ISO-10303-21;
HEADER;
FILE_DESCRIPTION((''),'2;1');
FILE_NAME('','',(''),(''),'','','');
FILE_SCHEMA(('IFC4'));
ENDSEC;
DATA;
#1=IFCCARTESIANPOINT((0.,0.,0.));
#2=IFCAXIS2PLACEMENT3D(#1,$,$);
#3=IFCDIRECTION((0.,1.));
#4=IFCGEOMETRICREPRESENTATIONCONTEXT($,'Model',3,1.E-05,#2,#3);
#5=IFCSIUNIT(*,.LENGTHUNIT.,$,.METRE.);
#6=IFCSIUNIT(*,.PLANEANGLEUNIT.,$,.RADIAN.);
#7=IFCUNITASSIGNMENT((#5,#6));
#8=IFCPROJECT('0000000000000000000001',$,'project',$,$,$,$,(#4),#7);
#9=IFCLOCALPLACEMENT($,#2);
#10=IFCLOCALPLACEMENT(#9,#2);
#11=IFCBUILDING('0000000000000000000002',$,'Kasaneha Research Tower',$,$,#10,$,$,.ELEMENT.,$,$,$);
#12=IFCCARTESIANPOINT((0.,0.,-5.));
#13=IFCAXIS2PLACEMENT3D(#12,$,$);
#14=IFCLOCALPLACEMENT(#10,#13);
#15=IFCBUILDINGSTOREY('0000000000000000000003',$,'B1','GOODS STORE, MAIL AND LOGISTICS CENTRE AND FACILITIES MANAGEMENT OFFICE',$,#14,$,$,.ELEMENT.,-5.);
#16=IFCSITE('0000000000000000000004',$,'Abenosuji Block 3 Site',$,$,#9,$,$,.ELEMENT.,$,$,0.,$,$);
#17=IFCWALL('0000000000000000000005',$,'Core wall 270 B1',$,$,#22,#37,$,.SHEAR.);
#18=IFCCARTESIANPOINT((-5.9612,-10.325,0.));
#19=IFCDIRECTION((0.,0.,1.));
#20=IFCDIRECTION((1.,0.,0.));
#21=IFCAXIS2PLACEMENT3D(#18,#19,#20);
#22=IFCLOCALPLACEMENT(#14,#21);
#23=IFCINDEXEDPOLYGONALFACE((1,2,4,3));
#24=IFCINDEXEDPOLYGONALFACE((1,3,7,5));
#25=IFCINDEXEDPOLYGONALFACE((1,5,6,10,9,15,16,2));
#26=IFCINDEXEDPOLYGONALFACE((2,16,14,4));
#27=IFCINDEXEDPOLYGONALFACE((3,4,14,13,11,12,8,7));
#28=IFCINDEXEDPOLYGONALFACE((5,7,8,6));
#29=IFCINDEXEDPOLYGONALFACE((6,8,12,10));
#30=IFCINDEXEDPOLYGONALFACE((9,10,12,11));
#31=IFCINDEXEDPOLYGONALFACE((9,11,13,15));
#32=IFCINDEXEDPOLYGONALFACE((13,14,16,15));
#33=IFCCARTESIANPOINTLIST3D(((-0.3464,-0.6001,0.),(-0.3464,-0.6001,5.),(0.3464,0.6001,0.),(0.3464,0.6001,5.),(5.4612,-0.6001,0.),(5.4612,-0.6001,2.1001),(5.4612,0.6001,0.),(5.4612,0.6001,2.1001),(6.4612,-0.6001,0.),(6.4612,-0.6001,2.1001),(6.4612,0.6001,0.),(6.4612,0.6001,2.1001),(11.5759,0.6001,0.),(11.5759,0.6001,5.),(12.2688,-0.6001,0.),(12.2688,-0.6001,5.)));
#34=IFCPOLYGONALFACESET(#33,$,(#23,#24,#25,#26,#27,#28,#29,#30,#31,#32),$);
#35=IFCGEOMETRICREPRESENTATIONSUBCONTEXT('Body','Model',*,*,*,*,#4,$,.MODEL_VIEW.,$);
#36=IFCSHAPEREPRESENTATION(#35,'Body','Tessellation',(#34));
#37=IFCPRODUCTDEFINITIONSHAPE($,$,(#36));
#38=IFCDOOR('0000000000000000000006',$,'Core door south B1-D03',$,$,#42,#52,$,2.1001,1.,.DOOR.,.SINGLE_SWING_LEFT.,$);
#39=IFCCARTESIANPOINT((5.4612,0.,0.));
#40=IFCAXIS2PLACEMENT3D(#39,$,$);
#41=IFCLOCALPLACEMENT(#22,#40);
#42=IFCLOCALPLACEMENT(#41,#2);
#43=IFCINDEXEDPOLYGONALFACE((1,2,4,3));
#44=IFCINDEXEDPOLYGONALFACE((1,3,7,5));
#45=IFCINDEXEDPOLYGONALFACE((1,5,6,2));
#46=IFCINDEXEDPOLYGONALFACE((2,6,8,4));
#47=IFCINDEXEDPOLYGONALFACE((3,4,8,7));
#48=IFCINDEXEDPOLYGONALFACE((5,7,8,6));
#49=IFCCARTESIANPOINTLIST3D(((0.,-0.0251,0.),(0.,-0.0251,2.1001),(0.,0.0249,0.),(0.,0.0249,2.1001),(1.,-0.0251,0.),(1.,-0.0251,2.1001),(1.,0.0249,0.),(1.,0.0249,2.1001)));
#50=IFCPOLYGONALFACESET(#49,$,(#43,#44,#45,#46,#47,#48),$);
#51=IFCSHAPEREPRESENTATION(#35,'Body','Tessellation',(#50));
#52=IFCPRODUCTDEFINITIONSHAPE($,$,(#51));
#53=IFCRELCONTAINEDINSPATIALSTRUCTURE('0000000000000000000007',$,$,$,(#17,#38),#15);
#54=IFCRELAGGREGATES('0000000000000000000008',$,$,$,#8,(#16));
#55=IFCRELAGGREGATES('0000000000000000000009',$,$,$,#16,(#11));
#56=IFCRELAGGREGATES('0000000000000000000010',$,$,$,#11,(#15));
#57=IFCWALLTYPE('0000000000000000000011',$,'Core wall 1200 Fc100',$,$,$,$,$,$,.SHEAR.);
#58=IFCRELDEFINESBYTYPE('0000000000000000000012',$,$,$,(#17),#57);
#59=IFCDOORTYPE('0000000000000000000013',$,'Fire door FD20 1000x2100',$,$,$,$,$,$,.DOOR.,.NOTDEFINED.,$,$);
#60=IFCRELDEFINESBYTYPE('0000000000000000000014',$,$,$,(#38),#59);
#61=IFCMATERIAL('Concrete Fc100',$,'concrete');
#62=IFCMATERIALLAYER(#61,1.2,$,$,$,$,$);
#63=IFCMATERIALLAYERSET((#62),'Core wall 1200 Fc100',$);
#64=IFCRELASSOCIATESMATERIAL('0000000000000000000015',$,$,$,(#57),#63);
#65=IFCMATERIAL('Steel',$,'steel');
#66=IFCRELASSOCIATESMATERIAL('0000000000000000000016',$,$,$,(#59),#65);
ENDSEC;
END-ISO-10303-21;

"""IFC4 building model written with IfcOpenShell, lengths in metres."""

from ifc_helpers import new_model, si_unit, direction, frame, frame_2d, origin, place, context, subcontext, project, spatial, polyline, rectangle, outline, extrude, material, layer, layer_set, type_object, element, fill, save


model = new_model("IFC4")

# Units and contexts
model_context = context("Model", 3, precision=1e-05, world=origin(), true_north=direction((0.0, 1.0)))
body_context = subcontext(model_context, "Body", "Model", "MODEL_VIEW")
ifc_project = project(units=[si_unit("LENGTHUNIT", "METRE"), si_unit("PLANEANGLEUNIT", "RADIAN")], contexts=[model_context])

# Site, building, storey
site_placement = place(None, origin())
site = spatial("IfcSite", under=ifc_project, at=site_placement, Name="Abenosuji Block 3 Site", CompositionType="ELEMENT", RefElevation=0.0)
building_placement = place(site_placement, origin())
building = spatial("IfcBuilding", under=site, at=building_placement, Name="Kasaneha Research Tower", CompositionType="ELEMENT")
storey_placement = place(building_placement, frame((0.0, 0.0, -5.0)))
storey = spatial("IfcBuildingStorey", under=building, at=storey_placement, Name="B1", Description="GOODS STORE, MAIL AND LOGISTICS CENTRE AND FACILITIES MANAGEMENT OFFICE", CompositionType="ELEMENT", Elevation=-5.0)

# Wall, opening, door
ifc_material_1 = material(Name="Concrete Fc100", Category="concrete")
ifc_layer_1 = layer(ifc_material_1, 1.2)
ifc_layer_set_1 = layer_set([ifc_layer_1], Name="Core wall 1200 Fc100")
wall_type_1 = type_object("IfcWallType", Name="Core wall 1200 Fc100", PredefinedType="SHEAR", material=ifc_layer_set_1)
wall_1_placement = place(storey_placement, frame((-5.9612, -10.325, 0.0), z_axis=(0.0, 0.0, 1.0), x_axis=(1.0, 0.0, 0.0)))
wall_1 = element("IfcWall", 1, at=wall_1_placement, inside=storey, type_object=wall_type_1, Name="Core wall 270 B1", PredefinedType="SHEAR", context=body_context, shape_type="SweptSolid", body=[
    extrude(outline(polyline([(-0.3464, -0.6001), (5.4612, -0.6001), (6.4612, -0.6001), (12.2688, -0.6001), (11.5759, 0.6001), (6.4612, 0.6001), (5.4612, 0.6001), (0.3464, 0.6001), (-0.3464, -0.6001)])), origin(), (0.0, 0.0, 1.0), 5.0),
])
opening_1_placement = place(wall_1_placement, frame((5.4612, 0.0, 0.0)))
opening_1 = element("IfcOpeningElement", 2, at=opening_1_placement, cuts=wall_1, PredefinedType="OPENING", context=body_context, shape_type="SweptSolid", body=[
    extrude(rectangle(XDim=1.0, YDim=2.1001, at=frame_2d((0.5, 1.05))), frame((0.0, 0.6099, 0.0), z_axis=(0.0, -1.0, 0.0), x_axis=(1.0, 0.0, 0.0)), (0.0, 0.0, 1.0), 1.22),
])
ifc_material_2 = material(Name="Steel", Category="steel")
door_type_1 = type_object("IfcDoorType", Name="Fire door FD20 1000x2100", OperationType="NOTDEFINED", PredefinedType="DOOR", material=ifc_material_2)
door_1_placement = place(opening_1_placement, origin())
door_1 = element("IfcDoor", 3, at=door_1_placement, inside=storey, type_object=door_type_1, Name="Core door south B1-D03", OperationType="SINGLE_SWING_LEFT", OverallHeight=2.1001, OverallWidth=1.0, PredefinedType="DOOR", context=body_context, shape_type="SweptSolid", body=[
    extrude(rectangle(XDim=1.0, YDim=2.1001, at=frame_2d((0.5, 1.05))), frame((0.0, 0.0249, 0.0), z_axis=(0.0, -1.0, 0.0), x_axis=(1.0, 0.0, 0.0)), (0.0, 0.0, 1.0), 0.05),
])
fill(opening_1, door_1)

save(model, "model.ifc")
